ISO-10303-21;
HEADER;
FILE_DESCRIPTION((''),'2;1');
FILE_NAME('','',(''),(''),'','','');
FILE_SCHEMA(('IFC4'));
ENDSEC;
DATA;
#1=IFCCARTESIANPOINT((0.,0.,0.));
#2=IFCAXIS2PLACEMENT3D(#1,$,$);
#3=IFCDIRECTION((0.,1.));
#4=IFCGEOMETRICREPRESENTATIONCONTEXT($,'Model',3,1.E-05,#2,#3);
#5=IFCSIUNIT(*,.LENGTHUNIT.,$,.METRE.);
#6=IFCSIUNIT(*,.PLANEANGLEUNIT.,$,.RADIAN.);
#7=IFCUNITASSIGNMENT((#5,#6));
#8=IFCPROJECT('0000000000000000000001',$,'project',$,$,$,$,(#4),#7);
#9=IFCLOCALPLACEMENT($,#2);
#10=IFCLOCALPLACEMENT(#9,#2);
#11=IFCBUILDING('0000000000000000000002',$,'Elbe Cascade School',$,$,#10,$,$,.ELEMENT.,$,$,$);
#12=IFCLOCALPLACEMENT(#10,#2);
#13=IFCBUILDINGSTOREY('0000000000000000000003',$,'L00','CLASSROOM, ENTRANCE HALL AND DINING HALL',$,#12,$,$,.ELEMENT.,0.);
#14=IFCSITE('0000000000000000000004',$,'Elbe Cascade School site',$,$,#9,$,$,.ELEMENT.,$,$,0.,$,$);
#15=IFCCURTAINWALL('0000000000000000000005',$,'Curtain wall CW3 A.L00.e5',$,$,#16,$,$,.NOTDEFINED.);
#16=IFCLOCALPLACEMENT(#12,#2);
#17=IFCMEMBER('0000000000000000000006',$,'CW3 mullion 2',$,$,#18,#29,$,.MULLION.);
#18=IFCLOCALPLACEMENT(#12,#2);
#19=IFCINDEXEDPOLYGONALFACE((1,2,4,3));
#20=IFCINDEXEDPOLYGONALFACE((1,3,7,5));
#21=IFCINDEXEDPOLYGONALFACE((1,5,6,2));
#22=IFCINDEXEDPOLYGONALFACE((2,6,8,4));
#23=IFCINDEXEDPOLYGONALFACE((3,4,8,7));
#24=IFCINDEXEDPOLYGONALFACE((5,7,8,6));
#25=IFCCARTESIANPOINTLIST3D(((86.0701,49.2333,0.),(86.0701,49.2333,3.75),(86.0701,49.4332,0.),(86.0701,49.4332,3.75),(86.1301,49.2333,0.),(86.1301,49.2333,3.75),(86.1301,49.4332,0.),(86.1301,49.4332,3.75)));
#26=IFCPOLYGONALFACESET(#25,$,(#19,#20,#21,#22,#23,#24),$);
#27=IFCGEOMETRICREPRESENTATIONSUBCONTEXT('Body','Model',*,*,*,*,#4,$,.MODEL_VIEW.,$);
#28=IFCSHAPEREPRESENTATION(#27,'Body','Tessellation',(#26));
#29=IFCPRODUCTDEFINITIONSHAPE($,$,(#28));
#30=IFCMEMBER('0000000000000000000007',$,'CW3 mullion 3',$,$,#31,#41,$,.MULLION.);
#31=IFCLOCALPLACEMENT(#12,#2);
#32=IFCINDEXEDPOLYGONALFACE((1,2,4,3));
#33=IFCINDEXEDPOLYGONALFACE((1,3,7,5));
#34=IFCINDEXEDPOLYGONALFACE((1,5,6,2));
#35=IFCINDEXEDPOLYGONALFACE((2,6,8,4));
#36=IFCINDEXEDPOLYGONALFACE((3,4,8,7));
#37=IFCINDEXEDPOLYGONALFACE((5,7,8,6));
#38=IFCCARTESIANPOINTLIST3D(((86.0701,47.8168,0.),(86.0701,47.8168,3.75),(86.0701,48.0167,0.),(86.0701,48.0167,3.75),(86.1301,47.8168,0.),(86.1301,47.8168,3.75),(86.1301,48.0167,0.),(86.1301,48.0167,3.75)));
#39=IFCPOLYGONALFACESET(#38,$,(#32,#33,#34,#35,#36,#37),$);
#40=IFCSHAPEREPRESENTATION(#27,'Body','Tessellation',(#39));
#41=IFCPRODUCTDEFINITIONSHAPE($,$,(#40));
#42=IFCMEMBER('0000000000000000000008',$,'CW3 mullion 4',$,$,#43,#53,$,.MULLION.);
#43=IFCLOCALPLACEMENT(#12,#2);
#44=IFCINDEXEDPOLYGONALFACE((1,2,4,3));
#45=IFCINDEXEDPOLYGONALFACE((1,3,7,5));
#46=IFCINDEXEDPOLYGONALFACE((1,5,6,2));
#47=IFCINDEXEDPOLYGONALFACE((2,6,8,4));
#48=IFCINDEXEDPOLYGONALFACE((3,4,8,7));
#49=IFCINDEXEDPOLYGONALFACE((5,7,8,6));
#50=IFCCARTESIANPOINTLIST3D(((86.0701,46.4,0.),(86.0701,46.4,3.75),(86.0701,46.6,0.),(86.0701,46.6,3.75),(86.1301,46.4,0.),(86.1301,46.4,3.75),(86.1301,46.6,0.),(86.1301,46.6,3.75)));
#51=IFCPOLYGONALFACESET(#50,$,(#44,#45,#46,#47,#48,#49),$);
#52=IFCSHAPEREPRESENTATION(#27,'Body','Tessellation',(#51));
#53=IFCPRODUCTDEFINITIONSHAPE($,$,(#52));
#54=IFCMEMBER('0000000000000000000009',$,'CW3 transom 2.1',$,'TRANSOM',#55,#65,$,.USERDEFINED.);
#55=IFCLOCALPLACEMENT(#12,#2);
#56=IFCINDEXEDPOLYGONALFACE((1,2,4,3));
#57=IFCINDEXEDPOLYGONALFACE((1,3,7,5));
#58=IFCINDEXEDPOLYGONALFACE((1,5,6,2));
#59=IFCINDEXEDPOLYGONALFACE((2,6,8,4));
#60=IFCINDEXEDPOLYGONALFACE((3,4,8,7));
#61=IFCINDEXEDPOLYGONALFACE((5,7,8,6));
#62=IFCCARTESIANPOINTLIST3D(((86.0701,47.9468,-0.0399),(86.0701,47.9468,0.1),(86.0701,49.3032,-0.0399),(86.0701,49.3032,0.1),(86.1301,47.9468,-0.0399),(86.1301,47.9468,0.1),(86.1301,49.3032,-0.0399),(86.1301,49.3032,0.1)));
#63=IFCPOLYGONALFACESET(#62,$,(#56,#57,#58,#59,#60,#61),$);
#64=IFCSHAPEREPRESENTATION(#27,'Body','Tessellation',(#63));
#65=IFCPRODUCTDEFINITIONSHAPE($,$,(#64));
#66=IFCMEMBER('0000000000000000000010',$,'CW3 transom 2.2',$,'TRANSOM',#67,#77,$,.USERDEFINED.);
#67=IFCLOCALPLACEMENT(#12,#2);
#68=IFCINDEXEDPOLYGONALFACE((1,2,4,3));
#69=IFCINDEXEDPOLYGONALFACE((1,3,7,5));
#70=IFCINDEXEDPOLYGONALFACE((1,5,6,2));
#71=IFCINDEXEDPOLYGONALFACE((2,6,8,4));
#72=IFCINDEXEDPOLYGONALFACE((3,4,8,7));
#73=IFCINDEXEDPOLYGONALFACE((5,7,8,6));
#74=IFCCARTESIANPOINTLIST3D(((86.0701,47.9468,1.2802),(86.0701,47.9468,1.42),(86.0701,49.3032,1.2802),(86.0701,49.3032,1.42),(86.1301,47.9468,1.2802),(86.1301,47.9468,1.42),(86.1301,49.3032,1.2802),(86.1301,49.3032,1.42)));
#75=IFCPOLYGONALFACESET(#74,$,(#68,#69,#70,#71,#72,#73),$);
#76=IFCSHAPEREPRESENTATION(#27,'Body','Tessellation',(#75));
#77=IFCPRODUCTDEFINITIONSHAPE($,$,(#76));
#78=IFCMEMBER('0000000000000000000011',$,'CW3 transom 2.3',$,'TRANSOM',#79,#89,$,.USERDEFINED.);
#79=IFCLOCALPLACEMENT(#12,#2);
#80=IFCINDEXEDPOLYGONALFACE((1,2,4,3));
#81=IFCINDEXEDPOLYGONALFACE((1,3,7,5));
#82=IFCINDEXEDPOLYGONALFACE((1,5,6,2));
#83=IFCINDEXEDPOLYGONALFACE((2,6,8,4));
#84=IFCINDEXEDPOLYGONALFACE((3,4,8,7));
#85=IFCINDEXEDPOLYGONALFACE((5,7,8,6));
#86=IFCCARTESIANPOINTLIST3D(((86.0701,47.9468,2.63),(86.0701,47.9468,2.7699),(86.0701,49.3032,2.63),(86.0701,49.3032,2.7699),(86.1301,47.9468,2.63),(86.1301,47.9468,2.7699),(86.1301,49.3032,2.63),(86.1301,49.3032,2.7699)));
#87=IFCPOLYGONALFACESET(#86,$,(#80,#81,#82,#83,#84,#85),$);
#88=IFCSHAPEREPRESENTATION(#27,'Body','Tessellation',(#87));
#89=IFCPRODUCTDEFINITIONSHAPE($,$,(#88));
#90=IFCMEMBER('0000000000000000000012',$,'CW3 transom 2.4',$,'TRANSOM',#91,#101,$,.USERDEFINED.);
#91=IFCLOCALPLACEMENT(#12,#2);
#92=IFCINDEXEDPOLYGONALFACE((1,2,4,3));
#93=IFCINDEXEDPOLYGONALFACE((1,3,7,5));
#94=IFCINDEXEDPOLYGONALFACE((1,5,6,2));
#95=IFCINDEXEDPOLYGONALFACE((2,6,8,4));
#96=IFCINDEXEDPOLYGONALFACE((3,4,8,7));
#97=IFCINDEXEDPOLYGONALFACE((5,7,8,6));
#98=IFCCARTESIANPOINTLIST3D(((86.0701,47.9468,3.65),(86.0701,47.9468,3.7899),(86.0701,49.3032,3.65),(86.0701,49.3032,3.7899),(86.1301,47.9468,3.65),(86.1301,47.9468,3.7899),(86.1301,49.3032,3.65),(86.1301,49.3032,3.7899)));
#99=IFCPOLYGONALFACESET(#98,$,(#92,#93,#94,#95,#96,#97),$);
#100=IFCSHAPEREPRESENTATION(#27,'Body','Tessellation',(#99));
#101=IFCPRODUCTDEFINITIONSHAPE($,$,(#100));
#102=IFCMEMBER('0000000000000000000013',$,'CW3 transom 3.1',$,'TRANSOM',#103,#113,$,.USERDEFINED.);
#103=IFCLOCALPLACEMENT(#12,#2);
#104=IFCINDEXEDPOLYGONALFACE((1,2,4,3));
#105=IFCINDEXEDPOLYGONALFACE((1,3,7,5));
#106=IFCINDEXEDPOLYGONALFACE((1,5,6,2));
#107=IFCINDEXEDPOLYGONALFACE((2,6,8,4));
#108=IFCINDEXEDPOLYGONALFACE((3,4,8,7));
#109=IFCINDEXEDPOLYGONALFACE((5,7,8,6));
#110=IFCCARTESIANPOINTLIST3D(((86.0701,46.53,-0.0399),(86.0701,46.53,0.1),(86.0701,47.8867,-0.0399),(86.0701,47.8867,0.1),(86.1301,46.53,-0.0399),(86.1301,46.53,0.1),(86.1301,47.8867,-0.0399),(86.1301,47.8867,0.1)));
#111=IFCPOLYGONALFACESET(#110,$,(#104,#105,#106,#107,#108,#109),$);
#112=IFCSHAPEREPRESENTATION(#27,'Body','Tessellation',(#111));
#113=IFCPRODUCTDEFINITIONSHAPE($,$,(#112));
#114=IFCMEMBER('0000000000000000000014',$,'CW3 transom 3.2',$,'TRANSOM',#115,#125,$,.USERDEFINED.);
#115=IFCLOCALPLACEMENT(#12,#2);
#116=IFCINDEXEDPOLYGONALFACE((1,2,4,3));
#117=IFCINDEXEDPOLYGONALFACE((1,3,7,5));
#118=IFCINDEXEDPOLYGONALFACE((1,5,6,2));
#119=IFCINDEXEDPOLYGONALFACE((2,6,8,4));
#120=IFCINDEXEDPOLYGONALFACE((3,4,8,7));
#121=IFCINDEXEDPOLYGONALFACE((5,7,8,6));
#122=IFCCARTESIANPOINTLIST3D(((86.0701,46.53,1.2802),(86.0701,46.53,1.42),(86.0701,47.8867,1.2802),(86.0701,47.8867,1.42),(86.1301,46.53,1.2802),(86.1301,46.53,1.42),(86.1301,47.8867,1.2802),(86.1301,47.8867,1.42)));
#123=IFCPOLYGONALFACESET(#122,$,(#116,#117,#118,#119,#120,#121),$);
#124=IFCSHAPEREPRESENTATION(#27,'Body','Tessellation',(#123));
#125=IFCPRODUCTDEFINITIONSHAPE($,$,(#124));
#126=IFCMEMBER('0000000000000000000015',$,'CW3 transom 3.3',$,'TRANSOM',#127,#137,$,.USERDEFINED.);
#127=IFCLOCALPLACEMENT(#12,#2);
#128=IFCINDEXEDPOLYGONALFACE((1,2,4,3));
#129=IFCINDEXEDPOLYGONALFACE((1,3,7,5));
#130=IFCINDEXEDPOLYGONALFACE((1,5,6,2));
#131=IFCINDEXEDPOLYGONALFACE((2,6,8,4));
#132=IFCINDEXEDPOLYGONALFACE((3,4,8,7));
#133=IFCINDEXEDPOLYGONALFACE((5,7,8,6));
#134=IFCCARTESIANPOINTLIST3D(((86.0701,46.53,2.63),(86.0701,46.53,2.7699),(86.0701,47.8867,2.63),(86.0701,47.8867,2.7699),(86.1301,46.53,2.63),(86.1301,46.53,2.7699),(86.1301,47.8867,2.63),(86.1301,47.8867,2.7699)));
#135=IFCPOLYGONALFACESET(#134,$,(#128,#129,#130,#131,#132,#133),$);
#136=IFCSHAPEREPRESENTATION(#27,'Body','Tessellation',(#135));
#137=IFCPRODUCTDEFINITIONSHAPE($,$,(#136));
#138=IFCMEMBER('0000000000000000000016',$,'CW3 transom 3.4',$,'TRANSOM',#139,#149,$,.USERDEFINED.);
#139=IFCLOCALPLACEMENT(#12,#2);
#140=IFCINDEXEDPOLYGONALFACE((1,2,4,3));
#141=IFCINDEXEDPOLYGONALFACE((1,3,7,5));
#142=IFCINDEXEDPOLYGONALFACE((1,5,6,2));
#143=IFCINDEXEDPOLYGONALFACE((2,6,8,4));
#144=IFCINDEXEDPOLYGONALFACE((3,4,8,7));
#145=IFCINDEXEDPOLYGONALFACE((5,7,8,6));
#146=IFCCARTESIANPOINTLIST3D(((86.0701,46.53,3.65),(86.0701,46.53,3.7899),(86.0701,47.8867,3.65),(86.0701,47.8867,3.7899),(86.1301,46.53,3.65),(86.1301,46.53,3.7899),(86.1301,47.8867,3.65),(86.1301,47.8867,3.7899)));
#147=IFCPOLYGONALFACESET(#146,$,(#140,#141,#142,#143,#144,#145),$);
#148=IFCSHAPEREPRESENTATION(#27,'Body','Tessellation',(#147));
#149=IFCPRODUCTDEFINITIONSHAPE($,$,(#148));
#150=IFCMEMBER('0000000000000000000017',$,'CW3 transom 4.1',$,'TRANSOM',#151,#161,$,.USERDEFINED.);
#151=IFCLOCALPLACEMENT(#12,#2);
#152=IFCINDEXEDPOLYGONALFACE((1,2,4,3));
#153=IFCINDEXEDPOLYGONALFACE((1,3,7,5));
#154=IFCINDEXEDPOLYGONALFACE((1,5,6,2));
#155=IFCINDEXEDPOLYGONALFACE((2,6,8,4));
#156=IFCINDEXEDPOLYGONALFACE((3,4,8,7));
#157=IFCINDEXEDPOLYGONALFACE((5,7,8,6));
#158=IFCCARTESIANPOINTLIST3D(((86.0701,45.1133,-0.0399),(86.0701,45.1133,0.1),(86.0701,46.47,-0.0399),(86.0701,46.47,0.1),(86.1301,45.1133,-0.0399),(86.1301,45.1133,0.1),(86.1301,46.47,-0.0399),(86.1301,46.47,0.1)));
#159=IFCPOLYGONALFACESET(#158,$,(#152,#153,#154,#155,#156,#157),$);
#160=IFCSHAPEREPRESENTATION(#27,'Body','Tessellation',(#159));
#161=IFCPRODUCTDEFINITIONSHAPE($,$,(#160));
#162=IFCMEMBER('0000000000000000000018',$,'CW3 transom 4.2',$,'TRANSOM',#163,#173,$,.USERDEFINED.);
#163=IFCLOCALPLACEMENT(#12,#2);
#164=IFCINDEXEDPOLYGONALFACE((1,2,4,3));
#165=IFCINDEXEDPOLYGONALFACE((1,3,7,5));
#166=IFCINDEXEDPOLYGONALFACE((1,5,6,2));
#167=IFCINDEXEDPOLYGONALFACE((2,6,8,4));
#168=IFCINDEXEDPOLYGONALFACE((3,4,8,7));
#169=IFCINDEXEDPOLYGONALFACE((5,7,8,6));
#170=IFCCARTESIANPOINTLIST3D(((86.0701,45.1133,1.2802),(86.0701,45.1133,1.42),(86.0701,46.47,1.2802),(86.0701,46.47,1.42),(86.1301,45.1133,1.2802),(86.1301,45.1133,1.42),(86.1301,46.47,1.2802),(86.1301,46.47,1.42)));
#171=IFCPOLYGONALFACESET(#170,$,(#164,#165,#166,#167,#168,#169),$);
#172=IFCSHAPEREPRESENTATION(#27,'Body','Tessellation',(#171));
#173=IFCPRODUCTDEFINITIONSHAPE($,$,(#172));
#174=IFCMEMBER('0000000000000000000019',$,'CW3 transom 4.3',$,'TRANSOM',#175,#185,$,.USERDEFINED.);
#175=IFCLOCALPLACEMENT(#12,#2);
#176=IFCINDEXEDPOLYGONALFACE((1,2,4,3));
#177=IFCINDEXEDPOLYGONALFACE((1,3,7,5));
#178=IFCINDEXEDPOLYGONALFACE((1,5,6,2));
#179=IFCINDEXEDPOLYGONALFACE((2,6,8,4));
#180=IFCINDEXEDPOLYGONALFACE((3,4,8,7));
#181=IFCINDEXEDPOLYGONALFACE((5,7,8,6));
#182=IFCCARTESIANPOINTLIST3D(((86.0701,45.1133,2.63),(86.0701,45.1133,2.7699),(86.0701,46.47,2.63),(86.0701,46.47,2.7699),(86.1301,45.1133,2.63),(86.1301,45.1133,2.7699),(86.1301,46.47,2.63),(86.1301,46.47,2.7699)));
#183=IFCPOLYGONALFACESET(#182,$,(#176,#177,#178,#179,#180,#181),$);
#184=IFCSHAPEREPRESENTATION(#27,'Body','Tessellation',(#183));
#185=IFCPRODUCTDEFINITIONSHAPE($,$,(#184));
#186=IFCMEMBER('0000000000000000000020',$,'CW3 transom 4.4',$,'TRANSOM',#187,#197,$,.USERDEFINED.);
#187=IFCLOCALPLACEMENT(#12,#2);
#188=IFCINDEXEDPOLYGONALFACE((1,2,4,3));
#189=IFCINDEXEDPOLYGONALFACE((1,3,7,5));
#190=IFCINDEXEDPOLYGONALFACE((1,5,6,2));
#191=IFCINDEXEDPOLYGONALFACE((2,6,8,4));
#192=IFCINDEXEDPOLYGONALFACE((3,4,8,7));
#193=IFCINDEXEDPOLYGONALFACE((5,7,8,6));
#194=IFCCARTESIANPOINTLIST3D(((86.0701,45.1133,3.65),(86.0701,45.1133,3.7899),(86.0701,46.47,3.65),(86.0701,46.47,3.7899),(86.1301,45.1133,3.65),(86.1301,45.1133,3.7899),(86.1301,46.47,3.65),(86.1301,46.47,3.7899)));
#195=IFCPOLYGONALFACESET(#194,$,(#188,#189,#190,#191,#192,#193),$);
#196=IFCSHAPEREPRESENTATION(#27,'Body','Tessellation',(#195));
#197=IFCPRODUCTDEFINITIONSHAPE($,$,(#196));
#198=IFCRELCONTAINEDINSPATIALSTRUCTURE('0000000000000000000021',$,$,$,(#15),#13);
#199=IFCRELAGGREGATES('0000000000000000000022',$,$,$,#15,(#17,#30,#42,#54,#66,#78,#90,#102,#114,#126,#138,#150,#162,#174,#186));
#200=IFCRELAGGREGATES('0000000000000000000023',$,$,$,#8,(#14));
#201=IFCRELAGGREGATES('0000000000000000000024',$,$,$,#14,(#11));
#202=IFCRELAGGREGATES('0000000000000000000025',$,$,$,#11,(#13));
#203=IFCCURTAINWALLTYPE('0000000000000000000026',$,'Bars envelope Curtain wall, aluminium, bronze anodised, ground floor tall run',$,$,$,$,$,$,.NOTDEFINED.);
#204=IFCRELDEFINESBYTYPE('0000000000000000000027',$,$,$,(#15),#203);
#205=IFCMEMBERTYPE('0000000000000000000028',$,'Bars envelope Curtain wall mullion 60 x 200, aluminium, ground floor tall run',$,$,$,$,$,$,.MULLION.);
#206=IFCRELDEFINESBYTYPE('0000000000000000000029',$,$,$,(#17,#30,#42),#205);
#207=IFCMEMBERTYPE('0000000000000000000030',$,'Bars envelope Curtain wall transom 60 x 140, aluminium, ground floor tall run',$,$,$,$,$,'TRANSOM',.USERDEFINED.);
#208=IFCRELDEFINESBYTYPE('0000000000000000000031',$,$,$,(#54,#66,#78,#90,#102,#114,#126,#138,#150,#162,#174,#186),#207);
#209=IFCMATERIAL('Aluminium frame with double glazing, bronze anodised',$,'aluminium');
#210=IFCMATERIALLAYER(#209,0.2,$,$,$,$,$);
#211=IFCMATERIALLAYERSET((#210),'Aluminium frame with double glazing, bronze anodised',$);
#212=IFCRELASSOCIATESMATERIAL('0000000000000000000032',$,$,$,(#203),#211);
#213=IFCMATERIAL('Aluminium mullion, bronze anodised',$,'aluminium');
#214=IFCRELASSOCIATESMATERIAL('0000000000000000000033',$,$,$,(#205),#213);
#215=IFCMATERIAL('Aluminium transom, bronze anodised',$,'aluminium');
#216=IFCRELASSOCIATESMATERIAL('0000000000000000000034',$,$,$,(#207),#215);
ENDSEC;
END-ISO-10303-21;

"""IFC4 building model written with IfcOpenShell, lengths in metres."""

from ifc_helpers import new_model, si_unit, direction, frame, origin, origin_2d, place, context, subcontext, project, spatial, rectangle, extrude, material, layer, layer_set, material_profile, profile_set, type_object, element, aggregate, save


model = new_model("IFC4")

# Units and contexts
model_context = context("Model", 3, precision=1e-05, world=origin(), true_north=direction((0.0, 1.0)))
body_context = subcontext(model_context, "Body", "Model", "MODEL_VIEW")
ifc_project = project(units=[si_unit("LENGTHUNIT", "METRE"), si_unit("PLANEANGLEUNIT", "RADIAN")], contexts=[model_context])

# Site, building, storey
site_placement = place(None, origin())
site = spatial("IfcSite", under=ifc_project, at=site_placement, Name="Elbe Cascade School site", CompositionType="ELEMENT", RefElevation=0.0)
building_placement = place(site_placement, origin())
building = spatial("IfcBuilding", under=site, at=building_placement, Name="Elbe Cascade School", CompositionType="ELEMENT")
storey_placement = place(building_placement, origin())
storey = spatial("IfcBuildingStorey", under=building, at=storey_placement, Name="L00", Description="CLASSROOM, ENTRANCE HALL AND DINING HALL", CompositionType="ELEMENT", Elevation=0.0)

# Curtain wall, members
ifc_material_1 = material(Name="Aluminium frame with double glazing, bronze anodised", Category="aluminium")
ifc_layer_1 = layer(ifc_material_1, 0.2)
ifc_layer_set_1 = layer_set([ifc_layer_1], Name="Aluminium frame with double glazing, bronze anodised")
curtain_wall_type = type_object("IfcCurtainWallType", Name="Bars envelope Curtain wall, aluminium, bronze anodised, ground floor tall run", PredefinedType="NOTDEFINED", material=ifc_layer_set_1)
curtain_wall_placement = place(storey_placement, origin())
curtain_wall = element("IfcCurtainWall", 1, at=curtain_wall_placement, inside=storey, type_object=curtain_wall_type, Name="Curtain wall CW3 A.L00.e5", PredefinedType="NOTDEFINED")
ifc_material_2 = material(Name="Aluminium mullion, bronze anodised", Category="aluminium")
ifc_material_profile_1 = material_profile(ifc_material_2, rectangle(XDim=0.0601, YDim=0.2, at=origin_2d()), Name="Bars envelope Curtain wall mullion 60 x 200, aluminium, ground floor tall run")
ifc_profile_set_1 = profile_set([ifc_material_profile_1], Name="Aluminium mullion, bronze anodised")
member_type_1 = type_object("IfcMemberType", Name="Bars envelope Curtain wall mullion 60 x 200, aluminium, ground floor tall run", PredefinedType="MULLION", material=ifc_profile_set_1)
member_1_placement = place(storey_placement, frame((86.1001, 49.3333, 0.0), z_axis=(0.0, 0.0, 1.0), x_axis=(1.0, 0.0, 0.0)))
member_1 = element("IfcMember", 2, at=member_1_placement, type_object=member_type_1, Name="CW3 mullion 2", PredefinedType="MULLION", context=body_context, shape_type="SweptSolid", body=[
    extrude(rectangle(XDim=0.0601, YDim=0.2, at=origin_2d()), origin(), (0.0, 0.0, 1.0), 3.75),
])
member_2_placement = place(storey_placement, frame((86.1001, 47.9167, 0.0), z_axis=(0.0, 0.0, 1.0), x_axis=(1.0, 0.0, 0.0)))
member_2 = element("IfcMember", 3, at=member_2_placement, type_object=member_type_1, Name="CW3 mullion 3", PredefinedType="MULLION", context=body_context, shape_type="SweptSolid", body=[
    extrude(rectangle(XDim=0.0601, YDim=0.2, at=origin_2d()), origin(), (0.0, 0.0, 1.0), 3.75),
])
member_3_placement = place(storey_placement, frame((86.1001, 46.5, 0.0), z_axis=(0.0, 0.0, 1.0), x_axis=(1.0, 0.0, 0.0)))
member_3 = element("IfcMember", 4, at=member_3_placement, type_object=member_type_1, Name="CW3 mullion 4", PredefinedType="MULLION", context=body_context, shape_type="SweptSolid", body=[
    extrude(rectangle(XDim=0.0601, YDim=0.2, at=origin_2d()), origin(), (0.0, 0.0, 1.0), 3.75),
])
ifc_material_3 = material(Name="Aluminium transom, bronze anodised", Category="aluminium")
ifc_material_profile_2 = material_profile(ifc_material_3, rectangle(XDim=0.0601, YDim=0.1399, at=origin_2d()), Name="Bars envelope Curtain wall transom 60 x 140, aluminium, ground floor tall run")
ifc_profile_set_2 = profile_set([ifc_material_profile_2], Name="Aluminium transom, bronze anodised")
member_type_2 = type_object("IfcMemberType", Name="Bars envelope Curtain wall transom 60 x 140, aluminium, ground floor tall run", ElementType="TRANSOM", PredefinedType="USERDEFINED", material=ifc_profile_set_2)
member_4_placement = place(storey_placement, frame((86.1001, 49.3032, 0.03), z_axis=(0.0, -1.0, 0.0), x_axis=(1.0, 0.0, 0.0)))
member_4 = element("IfcMember", 5, at=member_4_placement, type_object=member_type_2, Name="CW3 transom 2.1", ObjectType="TRANSOM", PredefinedType="USERDEFINED", context=body_context, shape_type="SweptSolid", body=[
    extrude(rectangle(XDim=0.0601, YDim=0.1399, at=origin_2d()), origin(), (0.0, 0.0, 1.0), 1.3564),
])
member_5_placement = place(storey_placement, frame((86.1001, 49.3032, 1.3501), z_axis=(0.0, -1.0, 0.0), x_axis=(1.0, 0.0, 0.0)))
member_5 = element("IfcMember", 6, at=member_5_placement, type_object=member_type_2, Name="CW3 transom 2.2", ObjectType="TRANSOM", PredefinedType="USERDEFINED", context=body_context, shape_type="SweptSolid", body=[
    extrude(rectangle(XDim=0.0601, YDim=0.1399, at=origin_2d()), origin(), (0.0, 0.0, 1.0), 1.3564),
])
member_6_placement = place(storey_placement, frame((86.1001, 49.3032, 2.7), z_axis=(0.0, -1.0, 0.0), x_axis=(1.0, 0.0, 0.0)))
member_6 = element("IfcMember", 7, at=member_6_placement, type_object=member_type_2, Name="CW3 transom 2.3", ObjectType="TRANSOM", PredefinedType="USERDEFINED", context=body_context, shape_type="SweptSolid", body=[
    extrude(rectangle(XDim=0.0601, YDim=0.1399, at=origin_2d()), origin(), (0.0, 0.0, 1.0), 1.3564),
])
member_7_placement = place(storey_placement, frame((86.1001, 49.3032, 3.72), z_axis=(0.0, -1.0, 0.0), x_axis=(1.0, 0.0, 0.0)))
member_7 = element("IfcMember", 8, at=member_7_placement, type_object=member_type_2, Name="CW3 transom 2.4", ObjectType="TRANSOM", PredefinedType="USERDEFINED", context=body_context, shape_type="SweptSolid", body=[
    extrude(rectangle(XDim=0.0601, YDim=0.1399, at=origin_2d()), origin(), (0.0, 0.0, 1.0), 1.3564),
])
member_8_placement = place(storey_placement, frame((86.1001, 47.8867, 0.03), z_axis=(0.0, -1.0, 0.0), x_axis=(1.0, 0.0, 0.0)))
member_8 = element("IfcMember", 9, at=member_8_placement, type_object=member_type_2, Name="CW3 transom 3.1", ObjectType="TRANSOM", PredefinedType="USERDEFINED", context=body_context, shape_type="SweptSolid", body=[
    extrude(rectangle(XDim=0.0601, YDim=0.1399, at=origin_2d()), origin(), (0.0, 0.0, 1.0), 1.3567),
])
member_9_placement = place(storey_placement, frame((86.1001, 47.8867, 1.3501), z_axis=(0.0, -1.0, 0.0), x_axis=(1.0, 0.0, 0.0)))
member_9 = element("IfcMember", 10, at=member_9_placement, type_object=member_type_2, Name="CW3 transom 3.2", ObjectType="TRANSOM", PredefinedType="USERDEFINED", context=body_context, shape_type="SweptSolid", body=[
    extrude(rectangle(XDim=0.0601, YDim=0.1399, at=origin_2d()), origin(), (0.0, 0.0, 1.0), 1.3567),
])
member_10_placement = place(storey_placement, frame((86.1001, 47.8867, 2.7), z_axis=(0.0, -1.0, 0.0), x_axis=(1.0, 0.0, 0.0)))
member_10 = element("IfcMember", 11, at=member_10_placement, type_object=member_type_2, Name="CW3 transom 3.3", ObjectType="TRANSOM", PredefinedType="USERDEFINED", context=body_context, shape_type="SweptSolid", body=[
    extrude(rectangle(XDim=0.0601, YDim=0.1399, at=origin_2d()), origin(), (0.0, 0.0, 1.0), 1.3567),
])
member_11_placement = place(storey_placement, frame((86.1001, 47.8867, 3.72), z_axis=(0.0, -1.0, 0.0), x_axis=(1.0, 0.0, 0.0)))
member_11 = element("IfcMember", 12, at=member_11_placement, type_object=member_type_2, Name="CW3 transom 3.4", ObjectType="TRANSOM", PredefinedType="USERDEFINED", context=body_context, shape_type="SweptSolid", body=[
    extrude(rectangle(XDim=0.0601, YDim=0.1399, at=origin_2d()), origin(), (0.0, 0.0, 1.0), 1.3567),
])
member_12_placement = place(storey_placement, frame((86.1001, 46.47, 0.03), z_axis=(0.0, -1.0, 0.0), x_axis=(1.0, 0.0, 0.0)))
member_12 = element("IfcMember", 13, at=member_12_placement, type_object=member_type_2, Name="CW3 transom 4.1", ObjectType="TRANSOM", PredefinedType="USERDEFINED", context=body_context, shape_type="SweptSolid", body=[
    extrude(rectangle(XDim=0.0601, YDim=0.1399, at=origin_2d()), origin(), (0.0, 0.0, 1.0), 1.3567),
])
member_13_placement = place(storey_placement, frame((86.1001, 46.47, 1.3501), z_axis=(0.0, -1.0, 0.0), x_axis=(1.0, 0.0, 0.0)))
member_13 = element("IfcMember", 14, at=member_13_placement, type_object=member_type_2, Name="CW3 transom 4.2", ObjectType="TRANSOM", PredefinedType="USERDEFINED", context=body_context, shape_type="SweptSolid", body=[
    extrude(rectangle(XDim=0.0601, YDim=0.1399, at=origin_2d()), origin(), (0.0, 0.0, 1.0), 1.3567),
])
member_14_placement = place(storey_placement, frame((86.1001, 46.47, 2.7), z_axis=(0.0, -1.0, 0.0), x_axis=(1.0, 0.0, 0.0)))
member_14 = element("IfcMember", 15, at=member_14_placement, type_object=member_type_2, Name="CW3 transom 4.3", ObjectType="TRANSOM", PredefinedType="USERDEFINED", context=body_context, shape_type="SweptSolid", body=[
    extrude(rectangle(XDim=0.0601, YDim=0.1399, at=origin_2d()), origin(), (0.0, 0.0, 1.0), 1.3567),
])
member_15_placement = place(storey_placement, frame((86.1001, 46.47, 3.72), z_axis=(0.0, -1.0, 0.0), x_axis=(1.0, 0.0, 0.0)))
member_15 = element("IfcMember", 16, at=member_15_placement, type_object=member_type_2, Name="CW3 transom 4.4", ObjectType="TRANSOM", PredefinedType="USERDEFINED", context=body_context, shape_type="SweptSolid", body=[
    extrude(rectangle(XDim=0.0601, YDim=0.1399, at=origin_2d()), origin(), (0.0, 0.0, 1.0), 1.3567),
])

aggregate(curtain_wall, [member_1, member_2, member_3, member_4, member_5, member_6, member_7, member_8, member_9, member_10, member_11, member_12, member_13, member_14, member_15])

save(model, "model.ifc")
